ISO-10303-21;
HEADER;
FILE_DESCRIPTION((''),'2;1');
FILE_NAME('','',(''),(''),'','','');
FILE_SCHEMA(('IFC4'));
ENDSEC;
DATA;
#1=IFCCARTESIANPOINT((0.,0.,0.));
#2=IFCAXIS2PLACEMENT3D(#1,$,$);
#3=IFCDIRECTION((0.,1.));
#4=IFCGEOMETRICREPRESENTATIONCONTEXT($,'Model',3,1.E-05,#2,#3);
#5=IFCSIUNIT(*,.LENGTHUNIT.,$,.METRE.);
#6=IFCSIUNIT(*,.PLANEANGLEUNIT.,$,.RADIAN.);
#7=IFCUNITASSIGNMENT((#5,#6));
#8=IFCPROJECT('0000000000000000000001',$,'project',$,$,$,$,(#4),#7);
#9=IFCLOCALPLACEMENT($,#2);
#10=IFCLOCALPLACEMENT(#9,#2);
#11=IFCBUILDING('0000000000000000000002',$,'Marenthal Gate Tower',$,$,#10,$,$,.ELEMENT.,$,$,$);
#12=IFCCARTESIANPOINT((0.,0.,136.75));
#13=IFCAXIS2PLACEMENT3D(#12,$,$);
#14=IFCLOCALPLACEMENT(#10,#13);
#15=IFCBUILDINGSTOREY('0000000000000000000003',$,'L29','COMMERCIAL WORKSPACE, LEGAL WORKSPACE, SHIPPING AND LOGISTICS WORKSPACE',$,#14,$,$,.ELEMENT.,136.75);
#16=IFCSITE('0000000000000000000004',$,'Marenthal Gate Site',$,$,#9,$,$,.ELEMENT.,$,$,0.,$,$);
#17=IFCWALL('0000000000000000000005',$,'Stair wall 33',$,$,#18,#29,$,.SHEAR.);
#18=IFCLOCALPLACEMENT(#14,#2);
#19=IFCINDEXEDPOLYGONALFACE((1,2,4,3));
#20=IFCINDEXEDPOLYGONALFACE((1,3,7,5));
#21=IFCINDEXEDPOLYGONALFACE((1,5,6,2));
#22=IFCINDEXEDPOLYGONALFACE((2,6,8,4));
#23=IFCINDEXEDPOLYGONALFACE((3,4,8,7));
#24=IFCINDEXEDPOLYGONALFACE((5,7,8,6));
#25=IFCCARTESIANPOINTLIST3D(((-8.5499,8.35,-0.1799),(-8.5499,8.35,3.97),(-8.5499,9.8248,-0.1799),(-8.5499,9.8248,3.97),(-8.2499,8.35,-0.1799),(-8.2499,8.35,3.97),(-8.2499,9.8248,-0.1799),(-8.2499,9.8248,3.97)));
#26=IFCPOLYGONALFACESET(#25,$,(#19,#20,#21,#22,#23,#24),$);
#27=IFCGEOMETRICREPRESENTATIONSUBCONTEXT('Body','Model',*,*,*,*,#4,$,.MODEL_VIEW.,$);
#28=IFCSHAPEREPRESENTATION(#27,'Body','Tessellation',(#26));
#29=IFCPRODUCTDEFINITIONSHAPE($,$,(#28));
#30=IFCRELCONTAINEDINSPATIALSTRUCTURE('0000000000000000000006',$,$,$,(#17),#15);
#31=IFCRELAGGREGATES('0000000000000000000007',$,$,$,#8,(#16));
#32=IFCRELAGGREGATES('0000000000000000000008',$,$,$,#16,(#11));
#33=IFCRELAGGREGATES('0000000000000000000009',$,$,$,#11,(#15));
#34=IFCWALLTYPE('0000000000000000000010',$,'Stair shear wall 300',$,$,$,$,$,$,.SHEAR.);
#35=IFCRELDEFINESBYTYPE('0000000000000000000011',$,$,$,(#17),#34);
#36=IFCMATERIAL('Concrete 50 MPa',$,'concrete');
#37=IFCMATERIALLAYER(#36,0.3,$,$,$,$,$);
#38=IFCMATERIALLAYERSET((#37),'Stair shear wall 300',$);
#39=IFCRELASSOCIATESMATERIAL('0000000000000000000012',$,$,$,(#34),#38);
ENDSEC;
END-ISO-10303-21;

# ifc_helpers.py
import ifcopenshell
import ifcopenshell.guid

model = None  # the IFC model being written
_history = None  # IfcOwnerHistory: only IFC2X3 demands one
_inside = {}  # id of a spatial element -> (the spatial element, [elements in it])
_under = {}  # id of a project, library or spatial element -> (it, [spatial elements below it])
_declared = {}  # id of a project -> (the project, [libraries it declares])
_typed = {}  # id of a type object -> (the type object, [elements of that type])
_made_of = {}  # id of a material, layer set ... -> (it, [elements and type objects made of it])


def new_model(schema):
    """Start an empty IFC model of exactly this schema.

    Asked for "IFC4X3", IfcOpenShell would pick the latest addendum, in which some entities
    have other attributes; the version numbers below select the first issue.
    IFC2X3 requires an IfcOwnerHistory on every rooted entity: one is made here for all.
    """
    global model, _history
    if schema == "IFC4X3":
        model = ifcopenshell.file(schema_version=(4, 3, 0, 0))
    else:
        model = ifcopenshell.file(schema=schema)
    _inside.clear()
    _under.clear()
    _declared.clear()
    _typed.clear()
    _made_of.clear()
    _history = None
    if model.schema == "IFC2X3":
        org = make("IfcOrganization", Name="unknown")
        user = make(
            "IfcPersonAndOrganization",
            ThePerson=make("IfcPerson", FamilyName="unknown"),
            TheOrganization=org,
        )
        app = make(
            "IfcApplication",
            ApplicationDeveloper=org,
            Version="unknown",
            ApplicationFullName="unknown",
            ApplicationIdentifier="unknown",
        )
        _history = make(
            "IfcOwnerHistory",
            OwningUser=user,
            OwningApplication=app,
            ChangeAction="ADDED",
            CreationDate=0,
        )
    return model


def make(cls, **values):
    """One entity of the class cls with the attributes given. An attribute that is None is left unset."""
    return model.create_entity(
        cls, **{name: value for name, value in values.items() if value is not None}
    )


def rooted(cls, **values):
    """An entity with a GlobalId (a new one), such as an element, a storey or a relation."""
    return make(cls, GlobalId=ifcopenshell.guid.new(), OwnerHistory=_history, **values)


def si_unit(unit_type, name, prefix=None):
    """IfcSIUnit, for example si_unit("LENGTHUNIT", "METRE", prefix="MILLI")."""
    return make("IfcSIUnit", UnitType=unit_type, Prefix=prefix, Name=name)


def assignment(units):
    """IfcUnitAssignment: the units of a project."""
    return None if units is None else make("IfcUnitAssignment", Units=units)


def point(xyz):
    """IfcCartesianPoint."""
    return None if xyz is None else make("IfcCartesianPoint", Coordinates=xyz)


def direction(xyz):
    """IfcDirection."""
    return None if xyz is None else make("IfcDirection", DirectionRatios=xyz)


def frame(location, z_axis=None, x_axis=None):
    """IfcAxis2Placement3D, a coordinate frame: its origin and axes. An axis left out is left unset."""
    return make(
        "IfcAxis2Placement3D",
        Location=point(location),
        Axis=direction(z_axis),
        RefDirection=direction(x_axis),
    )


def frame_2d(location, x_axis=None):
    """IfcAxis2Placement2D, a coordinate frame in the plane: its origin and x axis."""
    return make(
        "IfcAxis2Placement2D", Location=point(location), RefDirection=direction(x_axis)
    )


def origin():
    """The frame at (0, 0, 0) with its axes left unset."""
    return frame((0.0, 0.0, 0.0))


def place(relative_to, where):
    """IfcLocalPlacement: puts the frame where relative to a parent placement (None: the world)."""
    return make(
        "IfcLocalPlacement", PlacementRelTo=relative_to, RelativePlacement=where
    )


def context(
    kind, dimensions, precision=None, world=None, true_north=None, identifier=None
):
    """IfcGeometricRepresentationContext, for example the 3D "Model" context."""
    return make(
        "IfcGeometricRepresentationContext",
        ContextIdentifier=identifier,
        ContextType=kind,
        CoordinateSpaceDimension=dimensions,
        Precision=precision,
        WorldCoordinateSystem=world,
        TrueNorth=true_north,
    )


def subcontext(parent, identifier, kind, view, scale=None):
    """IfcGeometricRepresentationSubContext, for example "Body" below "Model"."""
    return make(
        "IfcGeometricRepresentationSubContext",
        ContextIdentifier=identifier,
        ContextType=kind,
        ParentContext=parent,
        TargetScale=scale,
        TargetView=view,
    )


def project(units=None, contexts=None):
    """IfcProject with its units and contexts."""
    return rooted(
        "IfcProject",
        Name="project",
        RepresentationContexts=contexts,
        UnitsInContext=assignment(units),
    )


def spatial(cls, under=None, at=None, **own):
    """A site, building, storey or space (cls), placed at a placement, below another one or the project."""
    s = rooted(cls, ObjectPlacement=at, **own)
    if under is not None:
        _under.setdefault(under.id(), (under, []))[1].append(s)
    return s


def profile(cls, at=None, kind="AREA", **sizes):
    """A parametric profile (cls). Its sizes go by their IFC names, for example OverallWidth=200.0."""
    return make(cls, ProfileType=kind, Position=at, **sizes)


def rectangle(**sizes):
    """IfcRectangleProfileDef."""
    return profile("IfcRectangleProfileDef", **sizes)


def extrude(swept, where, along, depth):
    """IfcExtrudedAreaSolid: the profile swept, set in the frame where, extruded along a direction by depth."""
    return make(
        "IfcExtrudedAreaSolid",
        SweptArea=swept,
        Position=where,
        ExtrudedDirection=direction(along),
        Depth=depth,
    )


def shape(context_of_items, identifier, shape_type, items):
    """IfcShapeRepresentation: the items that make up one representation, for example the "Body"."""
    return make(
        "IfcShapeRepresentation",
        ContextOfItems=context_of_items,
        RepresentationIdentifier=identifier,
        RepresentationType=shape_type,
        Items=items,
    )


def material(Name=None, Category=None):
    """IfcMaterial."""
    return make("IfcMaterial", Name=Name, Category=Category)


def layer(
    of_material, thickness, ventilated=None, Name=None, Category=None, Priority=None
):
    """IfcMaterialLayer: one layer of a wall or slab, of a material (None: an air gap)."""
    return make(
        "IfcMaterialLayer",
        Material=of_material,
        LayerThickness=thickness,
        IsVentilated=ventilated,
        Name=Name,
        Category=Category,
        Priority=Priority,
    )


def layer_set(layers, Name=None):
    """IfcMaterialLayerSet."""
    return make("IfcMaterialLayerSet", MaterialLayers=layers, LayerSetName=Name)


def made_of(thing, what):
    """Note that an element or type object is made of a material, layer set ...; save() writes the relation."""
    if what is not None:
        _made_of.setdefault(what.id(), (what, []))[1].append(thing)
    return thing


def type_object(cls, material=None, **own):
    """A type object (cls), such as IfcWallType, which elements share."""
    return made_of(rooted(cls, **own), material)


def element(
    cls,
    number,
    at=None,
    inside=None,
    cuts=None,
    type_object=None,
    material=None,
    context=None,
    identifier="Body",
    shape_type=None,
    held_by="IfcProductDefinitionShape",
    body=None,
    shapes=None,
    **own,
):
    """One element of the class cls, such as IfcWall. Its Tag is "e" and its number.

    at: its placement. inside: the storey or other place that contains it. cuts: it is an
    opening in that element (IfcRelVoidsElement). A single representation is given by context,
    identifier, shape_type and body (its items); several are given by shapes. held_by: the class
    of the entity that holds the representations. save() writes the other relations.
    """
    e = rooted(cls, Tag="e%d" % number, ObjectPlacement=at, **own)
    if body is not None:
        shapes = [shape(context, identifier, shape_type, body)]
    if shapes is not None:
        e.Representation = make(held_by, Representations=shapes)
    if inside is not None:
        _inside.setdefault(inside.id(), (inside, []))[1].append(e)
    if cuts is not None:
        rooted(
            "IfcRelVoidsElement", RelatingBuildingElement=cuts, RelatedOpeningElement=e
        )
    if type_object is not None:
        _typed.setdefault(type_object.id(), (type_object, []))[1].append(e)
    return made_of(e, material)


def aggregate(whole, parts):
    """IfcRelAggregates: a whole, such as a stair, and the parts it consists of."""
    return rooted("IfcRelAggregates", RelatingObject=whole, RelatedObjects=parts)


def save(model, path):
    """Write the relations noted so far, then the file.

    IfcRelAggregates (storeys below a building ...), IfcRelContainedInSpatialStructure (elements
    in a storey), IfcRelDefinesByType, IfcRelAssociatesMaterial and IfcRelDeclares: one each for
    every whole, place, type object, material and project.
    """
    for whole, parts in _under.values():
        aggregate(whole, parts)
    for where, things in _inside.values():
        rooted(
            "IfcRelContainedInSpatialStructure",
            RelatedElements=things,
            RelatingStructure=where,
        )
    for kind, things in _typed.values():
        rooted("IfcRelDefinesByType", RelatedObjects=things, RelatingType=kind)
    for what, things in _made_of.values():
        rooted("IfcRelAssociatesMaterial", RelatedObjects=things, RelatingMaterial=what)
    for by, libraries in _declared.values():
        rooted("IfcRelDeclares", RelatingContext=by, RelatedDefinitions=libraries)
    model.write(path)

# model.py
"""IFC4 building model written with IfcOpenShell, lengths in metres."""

from ifc_helpers import new_model, si_unit, direction, frame, frame_2d, origin, place, context, subcontext, project, spatial, rectangle, extrude, material, layer, layer_set, type_object, element, save


model = new_model("IFC4")

# Units and contexts
model_context = context("Model", 3, precision=1e-05, world=origin(), true_north=direction((0.0, 1.0)))
body_context = subcontext(model_context, "Body", "Model", "MODEL_VIEW")
ifc_project = project(units=[si_unit("LENGTHUNIT", "METRE"), si_unit("PLANEANGLEUNIT", "RADIAN")], contexts=[model_context])

# Site, building, storey
site_placement = place(None, origin())
site = spatial("IfcSite", under=ifc_project, at=site_placement, Name="Marenthal Gate Site", CompositionType="ELEMENT", RefElevation=0.0)
building_placement = place(site_placement, origin())
building = spatial("IfcBuilding", under=site, at=building_placement, Name="Marenthal Gate Tower", CompositionType="ELEMENT")
storey_placement = place(building_placement, frame((0.0, 0.0, 136.75)))
storey = spatial("IfcBuildingStorey", under=building, at=storey_placement, Name="L29", Description="COMMERCIAL WORKSPACE, LEGAL WORKSPACE, SHIPPING AND LOGISTICS WORKSPACE", CompositionType="ELEMENT", Elevation=136.75)

# Wall
ifc_material_1 = material(Name="Concrete 50 MPa", Category="concrete")
ifc_layer_1 = layer(ifc_material_1, 0.3)
ifc_layer_set_1 = layer_set([ifc_layer_1], Name="Stair shear wall 300")
wall_type_1 = type_object("IfcWallType", Name="Stair shear wall 300", PredefinedType="SHEAR", material=ifc_layer_set_1)
wall_1_placement = place(storey_placement, frame((-8.3999, 8.3501, -0.1799), z_axis=(0.0, 0.0, 1.0), x_axis=(0.0, 1.0, 0.0)))
element("IfcWall", 1, at=wall_1_placement, inside=storey, type_object=wall_type_1, Name="Stair wall 33", PredefinedType="SHEAR", context=body_context, shape_type="SweptSolid", body=[
    extrude(rectangle(XDim=1.4749, YDim=0.3, at=frame_2d((0.7373, 0.0))), origin(), (0.0, 0.0, 1.0), 4.1499),
])

save(model, "model.ifc")
